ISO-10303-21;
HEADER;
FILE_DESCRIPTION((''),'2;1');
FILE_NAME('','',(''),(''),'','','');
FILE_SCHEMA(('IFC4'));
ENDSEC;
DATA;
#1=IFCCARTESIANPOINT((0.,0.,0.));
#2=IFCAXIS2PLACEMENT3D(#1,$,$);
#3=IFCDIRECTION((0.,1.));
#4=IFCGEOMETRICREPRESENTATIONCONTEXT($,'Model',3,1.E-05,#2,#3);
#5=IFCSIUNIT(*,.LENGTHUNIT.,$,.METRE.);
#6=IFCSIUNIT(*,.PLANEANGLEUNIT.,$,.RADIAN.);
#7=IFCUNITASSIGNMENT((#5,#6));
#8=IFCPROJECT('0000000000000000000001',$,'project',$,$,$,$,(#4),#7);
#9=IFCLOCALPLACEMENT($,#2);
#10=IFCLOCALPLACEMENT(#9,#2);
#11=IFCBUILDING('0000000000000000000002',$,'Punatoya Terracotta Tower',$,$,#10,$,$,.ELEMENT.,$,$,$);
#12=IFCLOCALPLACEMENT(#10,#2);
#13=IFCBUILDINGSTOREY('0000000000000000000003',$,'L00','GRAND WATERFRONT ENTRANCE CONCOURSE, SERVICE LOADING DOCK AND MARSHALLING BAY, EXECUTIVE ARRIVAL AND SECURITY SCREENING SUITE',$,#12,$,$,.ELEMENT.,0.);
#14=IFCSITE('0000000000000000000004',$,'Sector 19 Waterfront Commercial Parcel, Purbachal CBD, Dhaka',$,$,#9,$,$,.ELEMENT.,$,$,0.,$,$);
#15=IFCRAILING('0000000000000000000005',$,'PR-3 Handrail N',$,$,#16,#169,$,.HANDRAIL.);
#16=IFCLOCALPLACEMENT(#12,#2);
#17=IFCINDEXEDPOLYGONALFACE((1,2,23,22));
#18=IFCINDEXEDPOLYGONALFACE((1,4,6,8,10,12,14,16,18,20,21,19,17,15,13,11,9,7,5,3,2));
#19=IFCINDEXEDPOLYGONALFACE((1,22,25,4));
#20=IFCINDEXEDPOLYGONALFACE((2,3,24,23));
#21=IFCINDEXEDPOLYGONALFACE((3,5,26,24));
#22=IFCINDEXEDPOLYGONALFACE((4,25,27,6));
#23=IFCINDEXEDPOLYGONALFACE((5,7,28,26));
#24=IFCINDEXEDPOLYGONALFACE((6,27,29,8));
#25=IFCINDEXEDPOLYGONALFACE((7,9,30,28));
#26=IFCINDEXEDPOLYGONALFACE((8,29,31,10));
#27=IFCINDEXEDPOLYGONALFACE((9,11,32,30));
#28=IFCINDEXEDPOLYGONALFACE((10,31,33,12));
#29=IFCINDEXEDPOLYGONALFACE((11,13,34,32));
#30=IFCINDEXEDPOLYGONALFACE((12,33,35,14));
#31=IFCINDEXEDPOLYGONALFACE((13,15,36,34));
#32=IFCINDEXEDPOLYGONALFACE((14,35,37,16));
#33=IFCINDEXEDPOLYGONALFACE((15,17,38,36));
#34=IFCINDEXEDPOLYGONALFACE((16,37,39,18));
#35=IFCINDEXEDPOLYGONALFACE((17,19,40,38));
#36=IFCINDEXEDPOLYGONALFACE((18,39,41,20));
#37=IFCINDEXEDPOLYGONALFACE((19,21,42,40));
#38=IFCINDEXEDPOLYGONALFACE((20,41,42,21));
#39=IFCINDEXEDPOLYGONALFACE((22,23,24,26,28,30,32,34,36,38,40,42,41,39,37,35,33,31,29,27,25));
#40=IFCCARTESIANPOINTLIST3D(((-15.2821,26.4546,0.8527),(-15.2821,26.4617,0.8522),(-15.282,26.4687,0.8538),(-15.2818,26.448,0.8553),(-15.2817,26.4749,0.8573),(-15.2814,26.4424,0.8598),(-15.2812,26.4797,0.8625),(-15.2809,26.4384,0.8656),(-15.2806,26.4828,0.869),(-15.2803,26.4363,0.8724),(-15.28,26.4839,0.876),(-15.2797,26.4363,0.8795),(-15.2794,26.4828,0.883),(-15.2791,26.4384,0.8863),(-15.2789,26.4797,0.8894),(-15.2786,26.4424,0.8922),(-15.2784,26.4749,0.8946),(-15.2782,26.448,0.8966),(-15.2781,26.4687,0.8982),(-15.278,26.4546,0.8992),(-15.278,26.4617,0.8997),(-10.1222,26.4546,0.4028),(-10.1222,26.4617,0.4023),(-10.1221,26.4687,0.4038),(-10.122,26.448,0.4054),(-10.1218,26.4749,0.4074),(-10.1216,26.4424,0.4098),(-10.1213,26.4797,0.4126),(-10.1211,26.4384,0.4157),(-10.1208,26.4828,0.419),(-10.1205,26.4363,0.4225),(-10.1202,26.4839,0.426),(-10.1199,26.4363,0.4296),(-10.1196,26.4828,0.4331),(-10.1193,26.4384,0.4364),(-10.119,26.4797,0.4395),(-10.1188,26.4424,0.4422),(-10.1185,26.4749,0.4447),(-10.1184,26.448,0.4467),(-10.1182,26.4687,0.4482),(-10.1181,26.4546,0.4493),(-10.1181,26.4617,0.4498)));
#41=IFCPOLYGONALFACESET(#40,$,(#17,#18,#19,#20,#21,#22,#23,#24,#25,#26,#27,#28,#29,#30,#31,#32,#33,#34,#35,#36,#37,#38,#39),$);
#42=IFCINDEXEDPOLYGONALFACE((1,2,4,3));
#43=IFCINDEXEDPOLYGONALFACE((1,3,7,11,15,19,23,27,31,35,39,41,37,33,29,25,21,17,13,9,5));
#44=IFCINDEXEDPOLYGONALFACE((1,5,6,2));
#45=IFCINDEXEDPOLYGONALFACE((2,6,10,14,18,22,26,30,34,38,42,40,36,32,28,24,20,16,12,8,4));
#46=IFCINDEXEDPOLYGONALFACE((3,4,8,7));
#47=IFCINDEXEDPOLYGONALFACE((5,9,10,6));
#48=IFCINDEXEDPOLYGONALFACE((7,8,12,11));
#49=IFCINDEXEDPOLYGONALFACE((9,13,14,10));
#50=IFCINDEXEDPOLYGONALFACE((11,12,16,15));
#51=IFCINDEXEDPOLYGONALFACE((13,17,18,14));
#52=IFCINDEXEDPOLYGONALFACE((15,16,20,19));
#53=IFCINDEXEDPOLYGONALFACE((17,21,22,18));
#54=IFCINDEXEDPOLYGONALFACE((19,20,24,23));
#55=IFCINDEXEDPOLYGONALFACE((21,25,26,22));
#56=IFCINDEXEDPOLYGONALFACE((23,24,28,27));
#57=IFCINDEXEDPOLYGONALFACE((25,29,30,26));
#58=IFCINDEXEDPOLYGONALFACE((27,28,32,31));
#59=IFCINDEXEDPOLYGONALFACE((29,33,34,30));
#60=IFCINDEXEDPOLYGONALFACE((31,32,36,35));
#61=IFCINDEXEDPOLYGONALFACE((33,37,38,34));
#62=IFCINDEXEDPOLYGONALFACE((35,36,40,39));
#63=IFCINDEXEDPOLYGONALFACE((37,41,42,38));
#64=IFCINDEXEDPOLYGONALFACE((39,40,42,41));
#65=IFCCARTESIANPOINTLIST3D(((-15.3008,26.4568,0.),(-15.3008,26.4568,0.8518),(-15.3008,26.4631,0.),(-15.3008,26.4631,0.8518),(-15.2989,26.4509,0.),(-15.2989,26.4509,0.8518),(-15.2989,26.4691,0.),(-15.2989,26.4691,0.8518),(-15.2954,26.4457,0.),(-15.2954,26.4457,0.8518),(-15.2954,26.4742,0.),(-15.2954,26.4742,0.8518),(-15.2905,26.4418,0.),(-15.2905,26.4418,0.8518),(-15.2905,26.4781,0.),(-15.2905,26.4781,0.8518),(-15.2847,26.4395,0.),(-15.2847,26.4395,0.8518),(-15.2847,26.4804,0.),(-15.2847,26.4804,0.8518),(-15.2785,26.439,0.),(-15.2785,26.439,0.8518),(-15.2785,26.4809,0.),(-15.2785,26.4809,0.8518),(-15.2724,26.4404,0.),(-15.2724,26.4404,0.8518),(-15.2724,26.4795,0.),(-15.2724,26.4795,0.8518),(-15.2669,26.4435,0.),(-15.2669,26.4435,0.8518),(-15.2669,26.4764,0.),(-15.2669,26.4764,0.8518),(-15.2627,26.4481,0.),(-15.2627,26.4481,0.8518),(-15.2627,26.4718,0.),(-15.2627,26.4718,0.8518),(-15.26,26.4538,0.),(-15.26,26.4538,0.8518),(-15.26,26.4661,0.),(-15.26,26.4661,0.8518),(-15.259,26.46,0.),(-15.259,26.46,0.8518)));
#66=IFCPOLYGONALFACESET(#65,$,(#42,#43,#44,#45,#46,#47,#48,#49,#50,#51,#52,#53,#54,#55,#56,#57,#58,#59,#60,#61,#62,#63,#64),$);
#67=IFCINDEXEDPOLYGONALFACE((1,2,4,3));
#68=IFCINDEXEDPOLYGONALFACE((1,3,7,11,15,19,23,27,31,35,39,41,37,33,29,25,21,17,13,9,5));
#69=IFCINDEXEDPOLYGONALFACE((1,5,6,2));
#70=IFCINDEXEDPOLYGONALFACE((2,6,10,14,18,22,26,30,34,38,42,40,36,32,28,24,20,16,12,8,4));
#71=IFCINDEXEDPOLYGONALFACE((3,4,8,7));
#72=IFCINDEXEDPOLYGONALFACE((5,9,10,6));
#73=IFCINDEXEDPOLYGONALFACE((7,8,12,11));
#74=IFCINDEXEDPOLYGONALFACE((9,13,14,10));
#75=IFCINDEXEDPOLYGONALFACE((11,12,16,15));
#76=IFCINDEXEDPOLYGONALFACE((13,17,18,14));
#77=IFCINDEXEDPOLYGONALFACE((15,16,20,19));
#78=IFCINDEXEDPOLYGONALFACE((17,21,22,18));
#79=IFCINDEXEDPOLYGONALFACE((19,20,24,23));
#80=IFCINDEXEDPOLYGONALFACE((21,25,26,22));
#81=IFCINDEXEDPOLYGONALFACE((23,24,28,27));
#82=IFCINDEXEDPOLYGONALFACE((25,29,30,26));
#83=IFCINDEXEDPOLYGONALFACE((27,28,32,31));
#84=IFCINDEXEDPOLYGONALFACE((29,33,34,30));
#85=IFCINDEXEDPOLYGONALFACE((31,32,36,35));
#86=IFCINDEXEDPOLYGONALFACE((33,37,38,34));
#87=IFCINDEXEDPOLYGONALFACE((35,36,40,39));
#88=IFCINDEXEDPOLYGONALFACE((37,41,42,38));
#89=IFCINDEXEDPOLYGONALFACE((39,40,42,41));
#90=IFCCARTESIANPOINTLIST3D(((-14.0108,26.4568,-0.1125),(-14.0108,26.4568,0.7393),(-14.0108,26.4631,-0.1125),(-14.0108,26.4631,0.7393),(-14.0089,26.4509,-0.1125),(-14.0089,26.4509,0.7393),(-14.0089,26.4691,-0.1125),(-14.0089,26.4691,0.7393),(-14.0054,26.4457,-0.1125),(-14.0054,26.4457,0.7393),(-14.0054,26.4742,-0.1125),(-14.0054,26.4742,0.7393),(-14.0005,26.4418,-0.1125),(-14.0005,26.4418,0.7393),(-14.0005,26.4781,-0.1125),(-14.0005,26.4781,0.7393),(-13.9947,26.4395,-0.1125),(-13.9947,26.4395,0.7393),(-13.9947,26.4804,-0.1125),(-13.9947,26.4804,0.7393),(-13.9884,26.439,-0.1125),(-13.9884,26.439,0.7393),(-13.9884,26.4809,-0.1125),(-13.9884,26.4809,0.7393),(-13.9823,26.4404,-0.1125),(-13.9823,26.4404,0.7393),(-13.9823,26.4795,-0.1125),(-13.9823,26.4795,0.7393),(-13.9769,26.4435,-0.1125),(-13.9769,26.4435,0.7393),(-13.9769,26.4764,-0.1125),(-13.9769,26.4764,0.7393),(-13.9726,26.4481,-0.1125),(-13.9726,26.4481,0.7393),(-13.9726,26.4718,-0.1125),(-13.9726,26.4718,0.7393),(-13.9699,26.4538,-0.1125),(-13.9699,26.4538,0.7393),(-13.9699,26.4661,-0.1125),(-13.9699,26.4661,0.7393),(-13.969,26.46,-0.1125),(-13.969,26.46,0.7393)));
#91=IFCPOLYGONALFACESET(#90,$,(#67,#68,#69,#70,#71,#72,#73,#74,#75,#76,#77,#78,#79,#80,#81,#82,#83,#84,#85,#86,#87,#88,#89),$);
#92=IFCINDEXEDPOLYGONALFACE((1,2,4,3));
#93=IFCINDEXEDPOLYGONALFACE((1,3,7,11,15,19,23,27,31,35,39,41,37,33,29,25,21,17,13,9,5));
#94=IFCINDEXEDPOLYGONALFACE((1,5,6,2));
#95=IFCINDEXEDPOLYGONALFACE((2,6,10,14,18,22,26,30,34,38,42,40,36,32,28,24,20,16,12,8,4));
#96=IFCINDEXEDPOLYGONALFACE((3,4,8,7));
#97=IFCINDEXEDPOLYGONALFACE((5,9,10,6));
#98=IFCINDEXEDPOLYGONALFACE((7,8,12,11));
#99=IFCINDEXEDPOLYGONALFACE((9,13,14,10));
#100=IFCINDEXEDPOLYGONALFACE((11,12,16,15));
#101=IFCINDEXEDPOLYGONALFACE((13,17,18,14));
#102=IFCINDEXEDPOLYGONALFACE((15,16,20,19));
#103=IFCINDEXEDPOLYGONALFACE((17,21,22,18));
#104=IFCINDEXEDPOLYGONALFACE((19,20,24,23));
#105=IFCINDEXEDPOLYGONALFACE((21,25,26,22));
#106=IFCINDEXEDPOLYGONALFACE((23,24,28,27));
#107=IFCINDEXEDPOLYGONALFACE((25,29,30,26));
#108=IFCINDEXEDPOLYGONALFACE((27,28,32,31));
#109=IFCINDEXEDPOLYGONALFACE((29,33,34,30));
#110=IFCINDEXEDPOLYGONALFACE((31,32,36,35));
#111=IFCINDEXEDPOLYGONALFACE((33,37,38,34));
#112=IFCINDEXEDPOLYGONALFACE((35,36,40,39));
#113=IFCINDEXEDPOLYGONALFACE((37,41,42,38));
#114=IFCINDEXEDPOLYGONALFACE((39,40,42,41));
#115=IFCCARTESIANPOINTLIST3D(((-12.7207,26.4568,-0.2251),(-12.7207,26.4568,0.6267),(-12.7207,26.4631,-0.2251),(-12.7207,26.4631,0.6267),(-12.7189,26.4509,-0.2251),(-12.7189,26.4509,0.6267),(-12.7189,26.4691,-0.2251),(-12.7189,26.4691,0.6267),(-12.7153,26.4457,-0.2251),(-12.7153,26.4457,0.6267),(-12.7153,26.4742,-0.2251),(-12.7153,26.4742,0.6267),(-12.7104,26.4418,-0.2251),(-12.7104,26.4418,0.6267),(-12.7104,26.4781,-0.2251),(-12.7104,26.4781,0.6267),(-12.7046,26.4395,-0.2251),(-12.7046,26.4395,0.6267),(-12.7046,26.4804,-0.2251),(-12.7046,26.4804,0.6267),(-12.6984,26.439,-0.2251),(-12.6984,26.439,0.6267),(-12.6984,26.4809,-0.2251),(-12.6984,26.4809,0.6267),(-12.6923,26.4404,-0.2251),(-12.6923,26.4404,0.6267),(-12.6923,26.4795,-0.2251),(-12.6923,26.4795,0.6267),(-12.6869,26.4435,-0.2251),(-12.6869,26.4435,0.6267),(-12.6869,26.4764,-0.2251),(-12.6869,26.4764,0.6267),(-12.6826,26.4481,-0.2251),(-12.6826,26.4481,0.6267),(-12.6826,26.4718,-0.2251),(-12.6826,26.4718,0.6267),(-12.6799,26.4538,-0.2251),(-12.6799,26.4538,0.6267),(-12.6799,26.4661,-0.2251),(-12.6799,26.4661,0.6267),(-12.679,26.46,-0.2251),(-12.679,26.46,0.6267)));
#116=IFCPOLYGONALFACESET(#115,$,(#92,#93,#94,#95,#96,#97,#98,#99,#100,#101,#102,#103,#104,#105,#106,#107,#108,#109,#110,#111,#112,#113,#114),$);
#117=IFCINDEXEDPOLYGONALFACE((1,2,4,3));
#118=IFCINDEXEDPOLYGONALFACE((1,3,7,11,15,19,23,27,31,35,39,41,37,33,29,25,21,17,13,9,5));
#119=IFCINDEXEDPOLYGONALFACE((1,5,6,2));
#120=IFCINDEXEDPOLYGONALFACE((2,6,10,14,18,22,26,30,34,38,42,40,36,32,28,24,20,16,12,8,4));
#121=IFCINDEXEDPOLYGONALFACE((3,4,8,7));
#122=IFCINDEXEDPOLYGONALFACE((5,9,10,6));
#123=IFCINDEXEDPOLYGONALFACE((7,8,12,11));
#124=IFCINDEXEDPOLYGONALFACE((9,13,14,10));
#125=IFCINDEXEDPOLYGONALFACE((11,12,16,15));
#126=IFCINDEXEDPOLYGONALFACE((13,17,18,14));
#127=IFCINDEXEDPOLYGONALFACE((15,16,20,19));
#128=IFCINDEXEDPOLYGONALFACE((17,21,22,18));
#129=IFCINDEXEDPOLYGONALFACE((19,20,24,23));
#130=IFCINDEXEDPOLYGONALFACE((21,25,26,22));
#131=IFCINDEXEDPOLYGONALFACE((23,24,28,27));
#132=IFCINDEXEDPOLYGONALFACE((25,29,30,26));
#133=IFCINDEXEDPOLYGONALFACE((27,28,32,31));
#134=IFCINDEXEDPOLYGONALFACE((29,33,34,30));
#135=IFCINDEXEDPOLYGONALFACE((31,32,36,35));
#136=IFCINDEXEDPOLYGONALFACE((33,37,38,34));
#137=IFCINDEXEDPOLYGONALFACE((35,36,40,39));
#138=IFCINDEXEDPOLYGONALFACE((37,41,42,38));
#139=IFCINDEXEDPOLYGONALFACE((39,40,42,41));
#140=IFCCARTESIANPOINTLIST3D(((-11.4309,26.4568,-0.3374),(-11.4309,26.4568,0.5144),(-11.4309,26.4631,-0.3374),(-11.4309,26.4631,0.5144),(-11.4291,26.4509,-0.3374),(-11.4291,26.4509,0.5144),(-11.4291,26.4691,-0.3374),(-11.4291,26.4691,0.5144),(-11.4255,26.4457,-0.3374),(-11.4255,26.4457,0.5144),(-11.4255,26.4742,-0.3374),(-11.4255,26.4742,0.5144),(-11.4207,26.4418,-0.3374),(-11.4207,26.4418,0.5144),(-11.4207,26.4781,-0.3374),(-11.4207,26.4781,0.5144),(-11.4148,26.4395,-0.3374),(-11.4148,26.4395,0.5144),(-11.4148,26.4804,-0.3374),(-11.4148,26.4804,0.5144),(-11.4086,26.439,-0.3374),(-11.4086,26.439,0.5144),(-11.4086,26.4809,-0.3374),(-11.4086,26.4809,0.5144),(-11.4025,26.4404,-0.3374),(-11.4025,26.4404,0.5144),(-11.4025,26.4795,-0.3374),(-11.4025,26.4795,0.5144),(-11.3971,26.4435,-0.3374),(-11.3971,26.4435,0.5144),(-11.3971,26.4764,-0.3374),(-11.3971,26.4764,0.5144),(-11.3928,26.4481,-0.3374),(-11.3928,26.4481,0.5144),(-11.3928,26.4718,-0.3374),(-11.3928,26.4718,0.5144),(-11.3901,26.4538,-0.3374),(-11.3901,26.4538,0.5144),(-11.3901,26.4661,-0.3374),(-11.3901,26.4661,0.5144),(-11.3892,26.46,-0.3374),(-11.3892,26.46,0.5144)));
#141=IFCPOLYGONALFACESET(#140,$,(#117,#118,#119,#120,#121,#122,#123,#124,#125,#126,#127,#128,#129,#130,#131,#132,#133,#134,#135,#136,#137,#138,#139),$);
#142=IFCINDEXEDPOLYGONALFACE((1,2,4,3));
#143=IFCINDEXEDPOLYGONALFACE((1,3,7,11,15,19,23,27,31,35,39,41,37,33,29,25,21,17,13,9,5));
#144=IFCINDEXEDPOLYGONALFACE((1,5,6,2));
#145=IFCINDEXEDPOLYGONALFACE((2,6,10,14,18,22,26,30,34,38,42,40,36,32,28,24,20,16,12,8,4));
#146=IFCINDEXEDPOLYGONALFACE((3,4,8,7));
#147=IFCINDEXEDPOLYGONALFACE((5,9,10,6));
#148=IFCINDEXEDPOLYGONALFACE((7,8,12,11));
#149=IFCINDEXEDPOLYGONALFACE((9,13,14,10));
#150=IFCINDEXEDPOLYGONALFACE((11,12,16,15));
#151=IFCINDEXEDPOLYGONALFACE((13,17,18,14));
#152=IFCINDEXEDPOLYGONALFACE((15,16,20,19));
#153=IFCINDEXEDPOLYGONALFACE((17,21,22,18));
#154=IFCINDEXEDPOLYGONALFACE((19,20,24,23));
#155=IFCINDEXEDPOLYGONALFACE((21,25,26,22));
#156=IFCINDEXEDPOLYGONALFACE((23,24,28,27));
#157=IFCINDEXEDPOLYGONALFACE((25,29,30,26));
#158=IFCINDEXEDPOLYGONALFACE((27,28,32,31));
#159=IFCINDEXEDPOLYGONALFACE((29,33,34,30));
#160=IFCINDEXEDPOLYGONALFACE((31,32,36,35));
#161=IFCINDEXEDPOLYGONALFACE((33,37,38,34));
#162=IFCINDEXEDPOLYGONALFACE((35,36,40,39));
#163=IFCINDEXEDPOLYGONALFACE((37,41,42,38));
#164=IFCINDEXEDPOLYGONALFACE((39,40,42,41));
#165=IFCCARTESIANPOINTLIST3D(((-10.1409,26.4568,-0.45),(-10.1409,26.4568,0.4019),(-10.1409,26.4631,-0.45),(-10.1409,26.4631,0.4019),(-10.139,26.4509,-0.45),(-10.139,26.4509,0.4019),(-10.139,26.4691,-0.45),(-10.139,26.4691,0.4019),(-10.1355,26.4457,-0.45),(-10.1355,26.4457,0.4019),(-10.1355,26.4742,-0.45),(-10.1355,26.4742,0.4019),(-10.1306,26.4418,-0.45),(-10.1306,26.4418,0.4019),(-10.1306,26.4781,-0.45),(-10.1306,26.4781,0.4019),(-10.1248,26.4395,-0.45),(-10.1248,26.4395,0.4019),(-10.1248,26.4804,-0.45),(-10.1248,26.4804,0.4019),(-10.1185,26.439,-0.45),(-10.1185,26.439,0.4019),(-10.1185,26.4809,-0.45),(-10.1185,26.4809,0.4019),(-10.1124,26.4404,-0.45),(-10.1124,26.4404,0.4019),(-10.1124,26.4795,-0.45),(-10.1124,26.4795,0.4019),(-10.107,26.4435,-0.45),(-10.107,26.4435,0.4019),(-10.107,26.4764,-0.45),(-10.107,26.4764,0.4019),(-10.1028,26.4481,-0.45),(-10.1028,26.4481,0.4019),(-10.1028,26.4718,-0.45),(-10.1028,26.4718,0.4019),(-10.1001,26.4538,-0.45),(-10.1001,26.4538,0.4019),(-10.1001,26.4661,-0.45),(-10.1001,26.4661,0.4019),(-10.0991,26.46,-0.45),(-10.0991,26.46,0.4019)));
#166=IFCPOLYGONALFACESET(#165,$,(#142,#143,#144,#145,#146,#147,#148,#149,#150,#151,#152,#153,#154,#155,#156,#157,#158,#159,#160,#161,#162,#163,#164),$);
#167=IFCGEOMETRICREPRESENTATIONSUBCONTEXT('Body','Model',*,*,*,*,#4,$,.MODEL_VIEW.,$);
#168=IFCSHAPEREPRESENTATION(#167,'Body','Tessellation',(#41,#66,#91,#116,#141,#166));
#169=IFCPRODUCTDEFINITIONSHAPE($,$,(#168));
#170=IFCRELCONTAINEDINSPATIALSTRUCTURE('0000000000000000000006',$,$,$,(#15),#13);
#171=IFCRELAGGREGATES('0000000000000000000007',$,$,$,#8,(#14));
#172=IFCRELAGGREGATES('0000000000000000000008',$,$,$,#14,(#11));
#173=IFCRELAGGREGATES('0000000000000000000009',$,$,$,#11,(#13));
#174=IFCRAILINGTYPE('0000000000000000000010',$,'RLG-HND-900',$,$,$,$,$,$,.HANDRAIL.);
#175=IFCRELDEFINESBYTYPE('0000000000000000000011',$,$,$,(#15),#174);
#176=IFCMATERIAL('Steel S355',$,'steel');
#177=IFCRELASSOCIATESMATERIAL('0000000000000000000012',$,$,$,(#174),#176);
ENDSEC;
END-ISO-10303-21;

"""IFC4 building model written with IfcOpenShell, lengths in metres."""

from ifc_helpers import new_model, si_unit, direction, frame, origin, origin_2d, place, context, subcontext, project, spatial, circle, extrude, material, type_object, element, save


model = new_model("IFC4")

# Units and contexts
model_context = context("Model", 3, precision=1e-05, world=origin(), true_north=direction((0.0, 1.0)))
body_context = subcontext(model_context, "Body", "Model", "MODEL_VIEW")
ifc_project = project(units=[si_unit("LENGTHUNIT", "METRE"), si_unit("PLANEANGLEUNIT", "RADIAN")], contexts=[model_context])

# Site, building, storey
site_placement = place(None, origin())
site = spatial("IfcSite", under=ifc_project, at=site_placement, Name="Sector 19 Waterfront Commercial Parcel, Purbachal CBD, Dhaka", CompositionType="ELEMENT", RefElevation=0.0)
building_placement = place(site_placement, origin())
building = spatial("IfcBuilding", under=site, at=building_placement, Name="Punatoya Terracotta Tower", CompositionType="ELEMENT")
storey_placement = place(building_placement, origin())
storey = spatial("IfcBuildingStorey", under=building, at=storey_placement, Name="L00", Description="GRAND WATERFRONT ENTRANCE CONCOURSE, SERVICE LOADING DOCK AND MARSHALLING BAY, EXECUTIVE ARRIVAL AND SECURITY SCREENING SUITE", CompositionType="ELEMENT", Elevation=0.0)

# Shared definitions
ifc_material_1 = material(Name="Steel S355", Category="steel")

# Railing
railing_type_1 = type_object("IfcRailingType", Name="RLG-HND-900", PredefinedType="HANDRAIL", material=ifc_material_1)
railing_1_placement = place(storey_placement, frame((-15.28, 26.46, 0.0)))
element("IfcRailing", 1, at=railing_1_placement, inside=storey, type_object=railing_type_1, Name="PR-3 Handrail N", PredefinedType="HANDRAIL", context=body_context, shape_type="SweptSolid", body=[
    extrude(circle(Radius=0.0239, at=origin_2d()), frame((0.0, 0.0, 0.876), z_axis=(0.99622, 0.0, -0.086872), x_axis=(0.0, 1.0, 0.0)), (0.0, 0.0, 1.0), 5.1794),
    extrude(circle(Radius=0.021, at=origin_2d()), origin(), (0.0, 0.0, 1.0), 0.8518),
    extrude(circle(Radius=0.021, at=origin_2d()), frame((1.29, 0.0, -0.1125)), (0.0, 0.0, 1.0), 0.8518),
    extrude(circle(Radius=0.021, at=origin_2d()), frame((2.5801, 0.0, -0.2251)), (0.0, 0.0, 1.0), 0.8518),
    extrude(circle(Radius=0.021, at=origin_2d()), frame((3.8699, 0.0, -0.3374)), (0.0, 0.0, 1.0), 0.8518),
    extrude(circle(Radius=0.021, at=origin_2d()), frame((5.1599, 0.0, -0.45)), (0.0, 0.0, 1.0), 0.8518),
])

save(model, "model.ifc")
